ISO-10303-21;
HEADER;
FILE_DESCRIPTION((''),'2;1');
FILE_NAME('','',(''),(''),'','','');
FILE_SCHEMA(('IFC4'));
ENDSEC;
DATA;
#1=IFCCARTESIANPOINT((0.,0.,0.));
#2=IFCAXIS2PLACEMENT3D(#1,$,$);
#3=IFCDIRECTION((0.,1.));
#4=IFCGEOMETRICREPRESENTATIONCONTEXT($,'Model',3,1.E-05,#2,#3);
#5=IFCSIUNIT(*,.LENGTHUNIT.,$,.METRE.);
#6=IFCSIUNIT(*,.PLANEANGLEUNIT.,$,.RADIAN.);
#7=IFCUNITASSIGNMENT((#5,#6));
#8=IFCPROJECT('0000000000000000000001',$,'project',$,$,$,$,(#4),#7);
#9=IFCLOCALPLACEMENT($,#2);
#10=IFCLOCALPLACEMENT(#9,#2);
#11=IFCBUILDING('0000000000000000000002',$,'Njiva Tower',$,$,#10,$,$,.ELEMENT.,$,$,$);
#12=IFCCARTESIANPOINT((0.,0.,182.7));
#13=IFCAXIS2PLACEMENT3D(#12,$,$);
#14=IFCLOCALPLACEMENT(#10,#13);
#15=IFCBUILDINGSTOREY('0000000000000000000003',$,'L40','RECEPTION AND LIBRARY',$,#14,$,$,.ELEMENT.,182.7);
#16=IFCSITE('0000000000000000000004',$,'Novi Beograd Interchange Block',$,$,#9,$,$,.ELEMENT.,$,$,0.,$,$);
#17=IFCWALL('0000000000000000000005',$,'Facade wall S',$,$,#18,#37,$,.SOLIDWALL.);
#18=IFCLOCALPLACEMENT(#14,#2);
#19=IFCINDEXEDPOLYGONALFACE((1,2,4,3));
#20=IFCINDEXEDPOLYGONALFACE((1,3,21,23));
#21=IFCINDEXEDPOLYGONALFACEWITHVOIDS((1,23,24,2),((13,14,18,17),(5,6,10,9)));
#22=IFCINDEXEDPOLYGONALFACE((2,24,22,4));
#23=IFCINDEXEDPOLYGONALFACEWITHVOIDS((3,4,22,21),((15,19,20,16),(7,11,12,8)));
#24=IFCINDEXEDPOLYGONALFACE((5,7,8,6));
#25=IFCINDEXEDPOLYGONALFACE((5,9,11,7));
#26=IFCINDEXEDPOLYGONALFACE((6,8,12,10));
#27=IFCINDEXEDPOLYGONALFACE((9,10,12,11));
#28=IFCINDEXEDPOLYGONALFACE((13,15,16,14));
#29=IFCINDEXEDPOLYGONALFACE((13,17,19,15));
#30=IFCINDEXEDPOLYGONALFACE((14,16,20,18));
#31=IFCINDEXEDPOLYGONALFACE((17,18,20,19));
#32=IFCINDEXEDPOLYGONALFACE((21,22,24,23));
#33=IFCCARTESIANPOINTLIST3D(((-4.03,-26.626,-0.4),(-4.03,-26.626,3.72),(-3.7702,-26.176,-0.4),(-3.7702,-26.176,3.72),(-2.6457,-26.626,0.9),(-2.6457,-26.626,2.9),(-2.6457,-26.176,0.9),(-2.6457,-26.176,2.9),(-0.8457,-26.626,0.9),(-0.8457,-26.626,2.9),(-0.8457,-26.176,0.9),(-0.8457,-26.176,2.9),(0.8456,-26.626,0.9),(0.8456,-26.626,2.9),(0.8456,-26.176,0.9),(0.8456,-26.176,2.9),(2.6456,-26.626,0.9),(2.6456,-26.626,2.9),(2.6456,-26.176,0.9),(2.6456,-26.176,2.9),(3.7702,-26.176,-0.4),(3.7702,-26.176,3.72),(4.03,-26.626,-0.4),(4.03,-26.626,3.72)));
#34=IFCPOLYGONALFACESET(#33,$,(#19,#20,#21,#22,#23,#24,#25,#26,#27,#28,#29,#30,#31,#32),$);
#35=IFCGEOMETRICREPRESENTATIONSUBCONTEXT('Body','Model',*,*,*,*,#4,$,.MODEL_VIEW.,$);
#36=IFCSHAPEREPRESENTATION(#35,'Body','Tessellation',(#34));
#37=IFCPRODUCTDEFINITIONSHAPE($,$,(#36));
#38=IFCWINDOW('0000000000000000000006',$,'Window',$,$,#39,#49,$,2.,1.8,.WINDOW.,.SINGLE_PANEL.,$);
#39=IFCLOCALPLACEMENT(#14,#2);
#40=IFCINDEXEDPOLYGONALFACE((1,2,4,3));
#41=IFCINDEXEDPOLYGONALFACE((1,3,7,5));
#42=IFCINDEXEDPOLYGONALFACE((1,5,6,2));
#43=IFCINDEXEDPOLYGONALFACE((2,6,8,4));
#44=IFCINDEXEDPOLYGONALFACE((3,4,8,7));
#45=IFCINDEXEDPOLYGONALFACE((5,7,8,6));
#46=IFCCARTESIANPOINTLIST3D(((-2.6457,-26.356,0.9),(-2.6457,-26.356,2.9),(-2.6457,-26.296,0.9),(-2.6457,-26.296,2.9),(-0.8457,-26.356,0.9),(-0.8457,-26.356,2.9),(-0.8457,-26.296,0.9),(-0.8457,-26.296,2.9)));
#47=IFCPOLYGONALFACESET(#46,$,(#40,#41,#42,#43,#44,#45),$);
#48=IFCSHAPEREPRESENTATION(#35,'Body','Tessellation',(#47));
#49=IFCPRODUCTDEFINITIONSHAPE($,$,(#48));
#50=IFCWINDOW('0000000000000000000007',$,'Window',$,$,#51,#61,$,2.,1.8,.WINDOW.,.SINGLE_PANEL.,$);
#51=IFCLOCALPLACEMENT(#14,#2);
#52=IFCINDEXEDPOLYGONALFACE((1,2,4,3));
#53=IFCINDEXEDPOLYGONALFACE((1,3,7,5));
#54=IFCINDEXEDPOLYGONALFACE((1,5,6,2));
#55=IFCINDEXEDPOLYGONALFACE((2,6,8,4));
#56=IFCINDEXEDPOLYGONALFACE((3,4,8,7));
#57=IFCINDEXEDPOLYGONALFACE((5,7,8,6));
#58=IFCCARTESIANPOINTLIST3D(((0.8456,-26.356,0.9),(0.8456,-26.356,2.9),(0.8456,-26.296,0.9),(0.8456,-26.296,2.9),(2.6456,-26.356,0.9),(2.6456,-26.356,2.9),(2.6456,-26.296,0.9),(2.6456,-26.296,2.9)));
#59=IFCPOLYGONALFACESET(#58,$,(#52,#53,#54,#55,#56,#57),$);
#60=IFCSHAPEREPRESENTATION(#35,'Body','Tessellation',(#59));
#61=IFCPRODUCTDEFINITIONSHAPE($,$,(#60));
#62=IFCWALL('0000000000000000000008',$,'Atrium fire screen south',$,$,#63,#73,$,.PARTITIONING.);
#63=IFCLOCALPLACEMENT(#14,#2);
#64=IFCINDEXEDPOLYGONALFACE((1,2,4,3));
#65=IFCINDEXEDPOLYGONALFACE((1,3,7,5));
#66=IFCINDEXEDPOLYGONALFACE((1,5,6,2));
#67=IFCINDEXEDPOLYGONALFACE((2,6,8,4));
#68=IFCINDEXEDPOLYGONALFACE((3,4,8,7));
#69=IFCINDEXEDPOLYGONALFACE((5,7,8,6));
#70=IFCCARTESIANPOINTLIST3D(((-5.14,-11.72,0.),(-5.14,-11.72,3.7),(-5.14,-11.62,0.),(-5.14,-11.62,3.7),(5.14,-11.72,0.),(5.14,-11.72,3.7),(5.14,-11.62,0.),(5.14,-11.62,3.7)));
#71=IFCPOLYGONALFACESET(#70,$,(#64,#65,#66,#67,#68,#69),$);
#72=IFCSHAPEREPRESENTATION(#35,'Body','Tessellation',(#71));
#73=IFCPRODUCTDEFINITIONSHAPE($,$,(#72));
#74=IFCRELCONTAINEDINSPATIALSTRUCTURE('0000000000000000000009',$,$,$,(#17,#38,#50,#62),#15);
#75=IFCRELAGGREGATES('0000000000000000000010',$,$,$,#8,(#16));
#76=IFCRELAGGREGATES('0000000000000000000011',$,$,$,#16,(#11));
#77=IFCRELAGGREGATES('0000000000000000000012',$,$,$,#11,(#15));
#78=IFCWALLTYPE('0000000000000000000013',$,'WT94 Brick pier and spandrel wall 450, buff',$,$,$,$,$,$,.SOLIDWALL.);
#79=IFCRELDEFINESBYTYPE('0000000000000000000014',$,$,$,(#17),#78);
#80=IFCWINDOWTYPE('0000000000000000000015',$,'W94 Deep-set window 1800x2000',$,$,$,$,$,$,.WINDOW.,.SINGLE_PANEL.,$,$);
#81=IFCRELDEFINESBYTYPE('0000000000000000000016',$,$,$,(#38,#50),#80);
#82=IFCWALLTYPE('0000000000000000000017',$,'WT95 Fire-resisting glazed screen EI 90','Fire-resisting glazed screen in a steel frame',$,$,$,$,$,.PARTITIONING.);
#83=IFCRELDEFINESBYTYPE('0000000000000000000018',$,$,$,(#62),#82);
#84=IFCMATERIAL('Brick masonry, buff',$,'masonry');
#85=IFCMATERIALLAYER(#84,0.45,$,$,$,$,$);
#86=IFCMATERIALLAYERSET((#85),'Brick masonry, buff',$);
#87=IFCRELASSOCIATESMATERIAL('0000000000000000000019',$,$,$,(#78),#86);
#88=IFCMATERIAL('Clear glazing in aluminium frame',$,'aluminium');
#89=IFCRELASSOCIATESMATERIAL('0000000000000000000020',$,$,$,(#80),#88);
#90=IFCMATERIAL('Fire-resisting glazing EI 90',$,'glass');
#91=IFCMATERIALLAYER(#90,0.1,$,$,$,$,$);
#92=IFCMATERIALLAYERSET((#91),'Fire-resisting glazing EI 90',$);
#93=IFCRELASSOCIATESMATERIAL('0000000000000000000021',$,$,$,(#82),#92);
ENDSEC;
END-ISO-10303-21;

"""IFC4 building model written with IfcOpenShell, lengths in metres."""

from ifc_helpers import new_model, si_unit, direction, frame, frame_2d, origin, place, context, subcontext, project, spatial, polyline, rectangle, outline, extrude, material, layer, layer_set, type_object, element, fill, save


model = new_model("IFC4")

# Units and contexts
model_context = context("Model", 3, precision=1e-05, world=origin(), true_north=direction((0.0, 1.0)))
body_context = subcontext(model_context, "Body", "Model", "MODEL_VIEW")
ifc_project = project(units=[si_unit("LENGTHUNIT", "METRE"), si_unit("PLANEANGLEUNIT", "RADIAN")], contexts=[model_context])

# Site, building, storey
site_placement = place(None, origin())
site = spatial("IfcSite", under=ifc_project, at=site_placement, Name="Novi Beograd Interchange Block", CompositionType="ELEMENT", RefElevation=0.0)
building_placement = place(site_placement, origin())
building = spatial("IfcBuilding", under=site, at=building_placement, Name="Njiva Tower", CompositionType="ELEMENT")
storey_placement = place(building_placement, frame((0.0, 0.0, 182.7)))
storey = spatial("IfcBuildingStorey", under=building, at=storey_placement, Name="L40", Description="RECEPTION AND LIBRARY", CompositionType="ELEMENT", Elevation=182.7)

# Wall, openings, windows
ifc_material_1 = material(Name="Brick masonry, buff", Category="masonry")
ifc_layer_1 = layer(ifc_material_1, 0.45)
ifc_layer_set_1 = layer_set([ifc_layer_1], Name="Brick masonry, buff")
wall_type_1 = type_object("IfcWallType", Name="WT94 Brick pier and spandrel wall 450, buff", PredefinedType="SOLIDWALL", material=ifc_layer_set_1)
wall_1_placement = place(storey_placement, frame((-3.9001, -26.401, -0.4), z_axis=(0.0, 0.0, 1.0), x_axis=(1.0, 0.0, 0.0)))
wall_1 = element("IfcWall", 1, at=wall_1_placement, inside=storey, type_object=wall_type_1, Name="Facade wall S", PredefinedType="SOLIDWALL", context=body_context, shape_type="SweptSolid", body=[
    extrude(outline(polyline([(-0.1299, -0.225), (7.9301, -0.225), (7.6703, 0.225), (0.1299, 0.225), (-0.1299, -0.225)])), origin(), (0.0, 0.0, 1.0), 4.12),
])
opening_1_placement = place(wall_1_placement, frame((1.2544, 0.0, 1.3)))
opening_1 = element("IfcOpeningElement", 2, at=opening_1_placement, cuts=wall_1, PredefinedType="OPENING", context=body_context, shape_type="SweptSolid", body=[
    extrude(rectangle(XDim=1.8, YDim=2.0, at=frame_2d((0.9, 1.0))), frame((0.0, 0.235, 0.0), z_axis=(0.0, -1.0, 0.0), x_axis=(1.0, 0.0, 0.0)), (0.0, 0.0, 1.0), 0.47),
])
opening_2_placement = place(wall_1_placement, frame((4.7457, 0.0, 1.3)))
opening_2 = element("IfcOpeningElement", 3, at=opening_2_placement, cuts=wall_1, PredefinedType="OPENING", context=body_context, shape_type="SweptSolid", body=[
    extrude(rectangle(XDim=1.8, YDim=2.0, at=frame_2d((0.9, 1.0))), frame((0.0, 0.235, 0.0), z_axis=(0.0, -1.0, 0.0), x_axis=(1.0, 0.0, 0.0)), (0.0, 0.0, 1.0), 0.47),
])
ifc_material_2 = material(Name="Clear glazing in aluminium frame", Category="aluminium")
window_type = type_object("IfcWindowType", Name="W94 Deep-set window 1800x2000", PartitioningType="SINGLE_PANEL", PredefinedType="WINDOW", material=ifc_material_2)
window_1_placement = place(opening_1_placement, origin())
window_1 = element("IfcWindow", 4, at=window_1_placement, inside=storey, type_object=window_type, Name="Window", OverallHeight=2.0, OverallWidth=1.8, PartitioningType="SINGLE_PANEL", PredefinedType="WINDOW", context=body_context, shape_type="SweptSolid", body=[
    extrude(rectangle(XDim=1.8, YDim=2.0, at=frame_2d((0.9, 1.0))), frame((0.0, 0.105, 0.0), z_axis=(0.0, -1.0, 0.0), x_axis=(1.0, 0.0, 0.0)), (0.0, 0.0, 1.0), 0.06),
])
fill(opening_1, window_1)
window_2_placement = place(opening_2_placement, origin())
window_2 = element("IfcWindow", 5, at=window_2_placement, inside=storey, type_object=window_type, Name="Window", OverallHeight=2.0, OverallWidth=1.8, PartitioningType="SINGLE_PANEL", PredefinedType="WINDOW", context=body_context, shape_type="SweptSolid", body=[
    extrude(rectangle(XDim=1.8, YDim=2.0, at=frame_2d((0.9, 1.0))), frame((0.0, 0.105, 0.0), z_axis=(0.0, -1.0, 0.0), x_axis=(1.0, 0.0, 0.0)), (0.0, 0.0, 1.0), 0.06),
])
fill(opening_2, window_2)

# Wall
ifc_material_3 = material(Name="Fire-resisting glazing EI 90", Category="glass")
ifc_layer_2 = layer(ifc_material_3, 0.1)
ifc_layer_set_2 = layer_set([ifc_layer_2], Name="Fire-resisting glazing EI 90")
wall_type_2 = type_object("IfcWallType", Name="WT95 Fire-resisting glazed screen EI 90", Description="Fire-resisting glazed screen in a steel frame", PredefinedType="PARTITIONING", material=ifc_layer_set_2)
wall_2_placement = place(storey_placement, frame((-5.14, -11.67, 0.0), z_axis=(0.0, 0.0, 1.0), x_axis=(1.0, 0.0, 0.0)))
element("IfcWall", 6, at=wall_2_placement, inside=storey, type_object=wall_type_2, Name="Atrium fire screen south", PredefinedType="PARTITIONING", context=body_context, shape_type="SweptSolid", body=[
    extrude(rectangle(XDim=10.28, YDim=0.1, at=frame_2d((5.14, 0.0))), origin(), (0.0, 0.0, 1.0), 3.7),
])

save(model, "model.ifc")
